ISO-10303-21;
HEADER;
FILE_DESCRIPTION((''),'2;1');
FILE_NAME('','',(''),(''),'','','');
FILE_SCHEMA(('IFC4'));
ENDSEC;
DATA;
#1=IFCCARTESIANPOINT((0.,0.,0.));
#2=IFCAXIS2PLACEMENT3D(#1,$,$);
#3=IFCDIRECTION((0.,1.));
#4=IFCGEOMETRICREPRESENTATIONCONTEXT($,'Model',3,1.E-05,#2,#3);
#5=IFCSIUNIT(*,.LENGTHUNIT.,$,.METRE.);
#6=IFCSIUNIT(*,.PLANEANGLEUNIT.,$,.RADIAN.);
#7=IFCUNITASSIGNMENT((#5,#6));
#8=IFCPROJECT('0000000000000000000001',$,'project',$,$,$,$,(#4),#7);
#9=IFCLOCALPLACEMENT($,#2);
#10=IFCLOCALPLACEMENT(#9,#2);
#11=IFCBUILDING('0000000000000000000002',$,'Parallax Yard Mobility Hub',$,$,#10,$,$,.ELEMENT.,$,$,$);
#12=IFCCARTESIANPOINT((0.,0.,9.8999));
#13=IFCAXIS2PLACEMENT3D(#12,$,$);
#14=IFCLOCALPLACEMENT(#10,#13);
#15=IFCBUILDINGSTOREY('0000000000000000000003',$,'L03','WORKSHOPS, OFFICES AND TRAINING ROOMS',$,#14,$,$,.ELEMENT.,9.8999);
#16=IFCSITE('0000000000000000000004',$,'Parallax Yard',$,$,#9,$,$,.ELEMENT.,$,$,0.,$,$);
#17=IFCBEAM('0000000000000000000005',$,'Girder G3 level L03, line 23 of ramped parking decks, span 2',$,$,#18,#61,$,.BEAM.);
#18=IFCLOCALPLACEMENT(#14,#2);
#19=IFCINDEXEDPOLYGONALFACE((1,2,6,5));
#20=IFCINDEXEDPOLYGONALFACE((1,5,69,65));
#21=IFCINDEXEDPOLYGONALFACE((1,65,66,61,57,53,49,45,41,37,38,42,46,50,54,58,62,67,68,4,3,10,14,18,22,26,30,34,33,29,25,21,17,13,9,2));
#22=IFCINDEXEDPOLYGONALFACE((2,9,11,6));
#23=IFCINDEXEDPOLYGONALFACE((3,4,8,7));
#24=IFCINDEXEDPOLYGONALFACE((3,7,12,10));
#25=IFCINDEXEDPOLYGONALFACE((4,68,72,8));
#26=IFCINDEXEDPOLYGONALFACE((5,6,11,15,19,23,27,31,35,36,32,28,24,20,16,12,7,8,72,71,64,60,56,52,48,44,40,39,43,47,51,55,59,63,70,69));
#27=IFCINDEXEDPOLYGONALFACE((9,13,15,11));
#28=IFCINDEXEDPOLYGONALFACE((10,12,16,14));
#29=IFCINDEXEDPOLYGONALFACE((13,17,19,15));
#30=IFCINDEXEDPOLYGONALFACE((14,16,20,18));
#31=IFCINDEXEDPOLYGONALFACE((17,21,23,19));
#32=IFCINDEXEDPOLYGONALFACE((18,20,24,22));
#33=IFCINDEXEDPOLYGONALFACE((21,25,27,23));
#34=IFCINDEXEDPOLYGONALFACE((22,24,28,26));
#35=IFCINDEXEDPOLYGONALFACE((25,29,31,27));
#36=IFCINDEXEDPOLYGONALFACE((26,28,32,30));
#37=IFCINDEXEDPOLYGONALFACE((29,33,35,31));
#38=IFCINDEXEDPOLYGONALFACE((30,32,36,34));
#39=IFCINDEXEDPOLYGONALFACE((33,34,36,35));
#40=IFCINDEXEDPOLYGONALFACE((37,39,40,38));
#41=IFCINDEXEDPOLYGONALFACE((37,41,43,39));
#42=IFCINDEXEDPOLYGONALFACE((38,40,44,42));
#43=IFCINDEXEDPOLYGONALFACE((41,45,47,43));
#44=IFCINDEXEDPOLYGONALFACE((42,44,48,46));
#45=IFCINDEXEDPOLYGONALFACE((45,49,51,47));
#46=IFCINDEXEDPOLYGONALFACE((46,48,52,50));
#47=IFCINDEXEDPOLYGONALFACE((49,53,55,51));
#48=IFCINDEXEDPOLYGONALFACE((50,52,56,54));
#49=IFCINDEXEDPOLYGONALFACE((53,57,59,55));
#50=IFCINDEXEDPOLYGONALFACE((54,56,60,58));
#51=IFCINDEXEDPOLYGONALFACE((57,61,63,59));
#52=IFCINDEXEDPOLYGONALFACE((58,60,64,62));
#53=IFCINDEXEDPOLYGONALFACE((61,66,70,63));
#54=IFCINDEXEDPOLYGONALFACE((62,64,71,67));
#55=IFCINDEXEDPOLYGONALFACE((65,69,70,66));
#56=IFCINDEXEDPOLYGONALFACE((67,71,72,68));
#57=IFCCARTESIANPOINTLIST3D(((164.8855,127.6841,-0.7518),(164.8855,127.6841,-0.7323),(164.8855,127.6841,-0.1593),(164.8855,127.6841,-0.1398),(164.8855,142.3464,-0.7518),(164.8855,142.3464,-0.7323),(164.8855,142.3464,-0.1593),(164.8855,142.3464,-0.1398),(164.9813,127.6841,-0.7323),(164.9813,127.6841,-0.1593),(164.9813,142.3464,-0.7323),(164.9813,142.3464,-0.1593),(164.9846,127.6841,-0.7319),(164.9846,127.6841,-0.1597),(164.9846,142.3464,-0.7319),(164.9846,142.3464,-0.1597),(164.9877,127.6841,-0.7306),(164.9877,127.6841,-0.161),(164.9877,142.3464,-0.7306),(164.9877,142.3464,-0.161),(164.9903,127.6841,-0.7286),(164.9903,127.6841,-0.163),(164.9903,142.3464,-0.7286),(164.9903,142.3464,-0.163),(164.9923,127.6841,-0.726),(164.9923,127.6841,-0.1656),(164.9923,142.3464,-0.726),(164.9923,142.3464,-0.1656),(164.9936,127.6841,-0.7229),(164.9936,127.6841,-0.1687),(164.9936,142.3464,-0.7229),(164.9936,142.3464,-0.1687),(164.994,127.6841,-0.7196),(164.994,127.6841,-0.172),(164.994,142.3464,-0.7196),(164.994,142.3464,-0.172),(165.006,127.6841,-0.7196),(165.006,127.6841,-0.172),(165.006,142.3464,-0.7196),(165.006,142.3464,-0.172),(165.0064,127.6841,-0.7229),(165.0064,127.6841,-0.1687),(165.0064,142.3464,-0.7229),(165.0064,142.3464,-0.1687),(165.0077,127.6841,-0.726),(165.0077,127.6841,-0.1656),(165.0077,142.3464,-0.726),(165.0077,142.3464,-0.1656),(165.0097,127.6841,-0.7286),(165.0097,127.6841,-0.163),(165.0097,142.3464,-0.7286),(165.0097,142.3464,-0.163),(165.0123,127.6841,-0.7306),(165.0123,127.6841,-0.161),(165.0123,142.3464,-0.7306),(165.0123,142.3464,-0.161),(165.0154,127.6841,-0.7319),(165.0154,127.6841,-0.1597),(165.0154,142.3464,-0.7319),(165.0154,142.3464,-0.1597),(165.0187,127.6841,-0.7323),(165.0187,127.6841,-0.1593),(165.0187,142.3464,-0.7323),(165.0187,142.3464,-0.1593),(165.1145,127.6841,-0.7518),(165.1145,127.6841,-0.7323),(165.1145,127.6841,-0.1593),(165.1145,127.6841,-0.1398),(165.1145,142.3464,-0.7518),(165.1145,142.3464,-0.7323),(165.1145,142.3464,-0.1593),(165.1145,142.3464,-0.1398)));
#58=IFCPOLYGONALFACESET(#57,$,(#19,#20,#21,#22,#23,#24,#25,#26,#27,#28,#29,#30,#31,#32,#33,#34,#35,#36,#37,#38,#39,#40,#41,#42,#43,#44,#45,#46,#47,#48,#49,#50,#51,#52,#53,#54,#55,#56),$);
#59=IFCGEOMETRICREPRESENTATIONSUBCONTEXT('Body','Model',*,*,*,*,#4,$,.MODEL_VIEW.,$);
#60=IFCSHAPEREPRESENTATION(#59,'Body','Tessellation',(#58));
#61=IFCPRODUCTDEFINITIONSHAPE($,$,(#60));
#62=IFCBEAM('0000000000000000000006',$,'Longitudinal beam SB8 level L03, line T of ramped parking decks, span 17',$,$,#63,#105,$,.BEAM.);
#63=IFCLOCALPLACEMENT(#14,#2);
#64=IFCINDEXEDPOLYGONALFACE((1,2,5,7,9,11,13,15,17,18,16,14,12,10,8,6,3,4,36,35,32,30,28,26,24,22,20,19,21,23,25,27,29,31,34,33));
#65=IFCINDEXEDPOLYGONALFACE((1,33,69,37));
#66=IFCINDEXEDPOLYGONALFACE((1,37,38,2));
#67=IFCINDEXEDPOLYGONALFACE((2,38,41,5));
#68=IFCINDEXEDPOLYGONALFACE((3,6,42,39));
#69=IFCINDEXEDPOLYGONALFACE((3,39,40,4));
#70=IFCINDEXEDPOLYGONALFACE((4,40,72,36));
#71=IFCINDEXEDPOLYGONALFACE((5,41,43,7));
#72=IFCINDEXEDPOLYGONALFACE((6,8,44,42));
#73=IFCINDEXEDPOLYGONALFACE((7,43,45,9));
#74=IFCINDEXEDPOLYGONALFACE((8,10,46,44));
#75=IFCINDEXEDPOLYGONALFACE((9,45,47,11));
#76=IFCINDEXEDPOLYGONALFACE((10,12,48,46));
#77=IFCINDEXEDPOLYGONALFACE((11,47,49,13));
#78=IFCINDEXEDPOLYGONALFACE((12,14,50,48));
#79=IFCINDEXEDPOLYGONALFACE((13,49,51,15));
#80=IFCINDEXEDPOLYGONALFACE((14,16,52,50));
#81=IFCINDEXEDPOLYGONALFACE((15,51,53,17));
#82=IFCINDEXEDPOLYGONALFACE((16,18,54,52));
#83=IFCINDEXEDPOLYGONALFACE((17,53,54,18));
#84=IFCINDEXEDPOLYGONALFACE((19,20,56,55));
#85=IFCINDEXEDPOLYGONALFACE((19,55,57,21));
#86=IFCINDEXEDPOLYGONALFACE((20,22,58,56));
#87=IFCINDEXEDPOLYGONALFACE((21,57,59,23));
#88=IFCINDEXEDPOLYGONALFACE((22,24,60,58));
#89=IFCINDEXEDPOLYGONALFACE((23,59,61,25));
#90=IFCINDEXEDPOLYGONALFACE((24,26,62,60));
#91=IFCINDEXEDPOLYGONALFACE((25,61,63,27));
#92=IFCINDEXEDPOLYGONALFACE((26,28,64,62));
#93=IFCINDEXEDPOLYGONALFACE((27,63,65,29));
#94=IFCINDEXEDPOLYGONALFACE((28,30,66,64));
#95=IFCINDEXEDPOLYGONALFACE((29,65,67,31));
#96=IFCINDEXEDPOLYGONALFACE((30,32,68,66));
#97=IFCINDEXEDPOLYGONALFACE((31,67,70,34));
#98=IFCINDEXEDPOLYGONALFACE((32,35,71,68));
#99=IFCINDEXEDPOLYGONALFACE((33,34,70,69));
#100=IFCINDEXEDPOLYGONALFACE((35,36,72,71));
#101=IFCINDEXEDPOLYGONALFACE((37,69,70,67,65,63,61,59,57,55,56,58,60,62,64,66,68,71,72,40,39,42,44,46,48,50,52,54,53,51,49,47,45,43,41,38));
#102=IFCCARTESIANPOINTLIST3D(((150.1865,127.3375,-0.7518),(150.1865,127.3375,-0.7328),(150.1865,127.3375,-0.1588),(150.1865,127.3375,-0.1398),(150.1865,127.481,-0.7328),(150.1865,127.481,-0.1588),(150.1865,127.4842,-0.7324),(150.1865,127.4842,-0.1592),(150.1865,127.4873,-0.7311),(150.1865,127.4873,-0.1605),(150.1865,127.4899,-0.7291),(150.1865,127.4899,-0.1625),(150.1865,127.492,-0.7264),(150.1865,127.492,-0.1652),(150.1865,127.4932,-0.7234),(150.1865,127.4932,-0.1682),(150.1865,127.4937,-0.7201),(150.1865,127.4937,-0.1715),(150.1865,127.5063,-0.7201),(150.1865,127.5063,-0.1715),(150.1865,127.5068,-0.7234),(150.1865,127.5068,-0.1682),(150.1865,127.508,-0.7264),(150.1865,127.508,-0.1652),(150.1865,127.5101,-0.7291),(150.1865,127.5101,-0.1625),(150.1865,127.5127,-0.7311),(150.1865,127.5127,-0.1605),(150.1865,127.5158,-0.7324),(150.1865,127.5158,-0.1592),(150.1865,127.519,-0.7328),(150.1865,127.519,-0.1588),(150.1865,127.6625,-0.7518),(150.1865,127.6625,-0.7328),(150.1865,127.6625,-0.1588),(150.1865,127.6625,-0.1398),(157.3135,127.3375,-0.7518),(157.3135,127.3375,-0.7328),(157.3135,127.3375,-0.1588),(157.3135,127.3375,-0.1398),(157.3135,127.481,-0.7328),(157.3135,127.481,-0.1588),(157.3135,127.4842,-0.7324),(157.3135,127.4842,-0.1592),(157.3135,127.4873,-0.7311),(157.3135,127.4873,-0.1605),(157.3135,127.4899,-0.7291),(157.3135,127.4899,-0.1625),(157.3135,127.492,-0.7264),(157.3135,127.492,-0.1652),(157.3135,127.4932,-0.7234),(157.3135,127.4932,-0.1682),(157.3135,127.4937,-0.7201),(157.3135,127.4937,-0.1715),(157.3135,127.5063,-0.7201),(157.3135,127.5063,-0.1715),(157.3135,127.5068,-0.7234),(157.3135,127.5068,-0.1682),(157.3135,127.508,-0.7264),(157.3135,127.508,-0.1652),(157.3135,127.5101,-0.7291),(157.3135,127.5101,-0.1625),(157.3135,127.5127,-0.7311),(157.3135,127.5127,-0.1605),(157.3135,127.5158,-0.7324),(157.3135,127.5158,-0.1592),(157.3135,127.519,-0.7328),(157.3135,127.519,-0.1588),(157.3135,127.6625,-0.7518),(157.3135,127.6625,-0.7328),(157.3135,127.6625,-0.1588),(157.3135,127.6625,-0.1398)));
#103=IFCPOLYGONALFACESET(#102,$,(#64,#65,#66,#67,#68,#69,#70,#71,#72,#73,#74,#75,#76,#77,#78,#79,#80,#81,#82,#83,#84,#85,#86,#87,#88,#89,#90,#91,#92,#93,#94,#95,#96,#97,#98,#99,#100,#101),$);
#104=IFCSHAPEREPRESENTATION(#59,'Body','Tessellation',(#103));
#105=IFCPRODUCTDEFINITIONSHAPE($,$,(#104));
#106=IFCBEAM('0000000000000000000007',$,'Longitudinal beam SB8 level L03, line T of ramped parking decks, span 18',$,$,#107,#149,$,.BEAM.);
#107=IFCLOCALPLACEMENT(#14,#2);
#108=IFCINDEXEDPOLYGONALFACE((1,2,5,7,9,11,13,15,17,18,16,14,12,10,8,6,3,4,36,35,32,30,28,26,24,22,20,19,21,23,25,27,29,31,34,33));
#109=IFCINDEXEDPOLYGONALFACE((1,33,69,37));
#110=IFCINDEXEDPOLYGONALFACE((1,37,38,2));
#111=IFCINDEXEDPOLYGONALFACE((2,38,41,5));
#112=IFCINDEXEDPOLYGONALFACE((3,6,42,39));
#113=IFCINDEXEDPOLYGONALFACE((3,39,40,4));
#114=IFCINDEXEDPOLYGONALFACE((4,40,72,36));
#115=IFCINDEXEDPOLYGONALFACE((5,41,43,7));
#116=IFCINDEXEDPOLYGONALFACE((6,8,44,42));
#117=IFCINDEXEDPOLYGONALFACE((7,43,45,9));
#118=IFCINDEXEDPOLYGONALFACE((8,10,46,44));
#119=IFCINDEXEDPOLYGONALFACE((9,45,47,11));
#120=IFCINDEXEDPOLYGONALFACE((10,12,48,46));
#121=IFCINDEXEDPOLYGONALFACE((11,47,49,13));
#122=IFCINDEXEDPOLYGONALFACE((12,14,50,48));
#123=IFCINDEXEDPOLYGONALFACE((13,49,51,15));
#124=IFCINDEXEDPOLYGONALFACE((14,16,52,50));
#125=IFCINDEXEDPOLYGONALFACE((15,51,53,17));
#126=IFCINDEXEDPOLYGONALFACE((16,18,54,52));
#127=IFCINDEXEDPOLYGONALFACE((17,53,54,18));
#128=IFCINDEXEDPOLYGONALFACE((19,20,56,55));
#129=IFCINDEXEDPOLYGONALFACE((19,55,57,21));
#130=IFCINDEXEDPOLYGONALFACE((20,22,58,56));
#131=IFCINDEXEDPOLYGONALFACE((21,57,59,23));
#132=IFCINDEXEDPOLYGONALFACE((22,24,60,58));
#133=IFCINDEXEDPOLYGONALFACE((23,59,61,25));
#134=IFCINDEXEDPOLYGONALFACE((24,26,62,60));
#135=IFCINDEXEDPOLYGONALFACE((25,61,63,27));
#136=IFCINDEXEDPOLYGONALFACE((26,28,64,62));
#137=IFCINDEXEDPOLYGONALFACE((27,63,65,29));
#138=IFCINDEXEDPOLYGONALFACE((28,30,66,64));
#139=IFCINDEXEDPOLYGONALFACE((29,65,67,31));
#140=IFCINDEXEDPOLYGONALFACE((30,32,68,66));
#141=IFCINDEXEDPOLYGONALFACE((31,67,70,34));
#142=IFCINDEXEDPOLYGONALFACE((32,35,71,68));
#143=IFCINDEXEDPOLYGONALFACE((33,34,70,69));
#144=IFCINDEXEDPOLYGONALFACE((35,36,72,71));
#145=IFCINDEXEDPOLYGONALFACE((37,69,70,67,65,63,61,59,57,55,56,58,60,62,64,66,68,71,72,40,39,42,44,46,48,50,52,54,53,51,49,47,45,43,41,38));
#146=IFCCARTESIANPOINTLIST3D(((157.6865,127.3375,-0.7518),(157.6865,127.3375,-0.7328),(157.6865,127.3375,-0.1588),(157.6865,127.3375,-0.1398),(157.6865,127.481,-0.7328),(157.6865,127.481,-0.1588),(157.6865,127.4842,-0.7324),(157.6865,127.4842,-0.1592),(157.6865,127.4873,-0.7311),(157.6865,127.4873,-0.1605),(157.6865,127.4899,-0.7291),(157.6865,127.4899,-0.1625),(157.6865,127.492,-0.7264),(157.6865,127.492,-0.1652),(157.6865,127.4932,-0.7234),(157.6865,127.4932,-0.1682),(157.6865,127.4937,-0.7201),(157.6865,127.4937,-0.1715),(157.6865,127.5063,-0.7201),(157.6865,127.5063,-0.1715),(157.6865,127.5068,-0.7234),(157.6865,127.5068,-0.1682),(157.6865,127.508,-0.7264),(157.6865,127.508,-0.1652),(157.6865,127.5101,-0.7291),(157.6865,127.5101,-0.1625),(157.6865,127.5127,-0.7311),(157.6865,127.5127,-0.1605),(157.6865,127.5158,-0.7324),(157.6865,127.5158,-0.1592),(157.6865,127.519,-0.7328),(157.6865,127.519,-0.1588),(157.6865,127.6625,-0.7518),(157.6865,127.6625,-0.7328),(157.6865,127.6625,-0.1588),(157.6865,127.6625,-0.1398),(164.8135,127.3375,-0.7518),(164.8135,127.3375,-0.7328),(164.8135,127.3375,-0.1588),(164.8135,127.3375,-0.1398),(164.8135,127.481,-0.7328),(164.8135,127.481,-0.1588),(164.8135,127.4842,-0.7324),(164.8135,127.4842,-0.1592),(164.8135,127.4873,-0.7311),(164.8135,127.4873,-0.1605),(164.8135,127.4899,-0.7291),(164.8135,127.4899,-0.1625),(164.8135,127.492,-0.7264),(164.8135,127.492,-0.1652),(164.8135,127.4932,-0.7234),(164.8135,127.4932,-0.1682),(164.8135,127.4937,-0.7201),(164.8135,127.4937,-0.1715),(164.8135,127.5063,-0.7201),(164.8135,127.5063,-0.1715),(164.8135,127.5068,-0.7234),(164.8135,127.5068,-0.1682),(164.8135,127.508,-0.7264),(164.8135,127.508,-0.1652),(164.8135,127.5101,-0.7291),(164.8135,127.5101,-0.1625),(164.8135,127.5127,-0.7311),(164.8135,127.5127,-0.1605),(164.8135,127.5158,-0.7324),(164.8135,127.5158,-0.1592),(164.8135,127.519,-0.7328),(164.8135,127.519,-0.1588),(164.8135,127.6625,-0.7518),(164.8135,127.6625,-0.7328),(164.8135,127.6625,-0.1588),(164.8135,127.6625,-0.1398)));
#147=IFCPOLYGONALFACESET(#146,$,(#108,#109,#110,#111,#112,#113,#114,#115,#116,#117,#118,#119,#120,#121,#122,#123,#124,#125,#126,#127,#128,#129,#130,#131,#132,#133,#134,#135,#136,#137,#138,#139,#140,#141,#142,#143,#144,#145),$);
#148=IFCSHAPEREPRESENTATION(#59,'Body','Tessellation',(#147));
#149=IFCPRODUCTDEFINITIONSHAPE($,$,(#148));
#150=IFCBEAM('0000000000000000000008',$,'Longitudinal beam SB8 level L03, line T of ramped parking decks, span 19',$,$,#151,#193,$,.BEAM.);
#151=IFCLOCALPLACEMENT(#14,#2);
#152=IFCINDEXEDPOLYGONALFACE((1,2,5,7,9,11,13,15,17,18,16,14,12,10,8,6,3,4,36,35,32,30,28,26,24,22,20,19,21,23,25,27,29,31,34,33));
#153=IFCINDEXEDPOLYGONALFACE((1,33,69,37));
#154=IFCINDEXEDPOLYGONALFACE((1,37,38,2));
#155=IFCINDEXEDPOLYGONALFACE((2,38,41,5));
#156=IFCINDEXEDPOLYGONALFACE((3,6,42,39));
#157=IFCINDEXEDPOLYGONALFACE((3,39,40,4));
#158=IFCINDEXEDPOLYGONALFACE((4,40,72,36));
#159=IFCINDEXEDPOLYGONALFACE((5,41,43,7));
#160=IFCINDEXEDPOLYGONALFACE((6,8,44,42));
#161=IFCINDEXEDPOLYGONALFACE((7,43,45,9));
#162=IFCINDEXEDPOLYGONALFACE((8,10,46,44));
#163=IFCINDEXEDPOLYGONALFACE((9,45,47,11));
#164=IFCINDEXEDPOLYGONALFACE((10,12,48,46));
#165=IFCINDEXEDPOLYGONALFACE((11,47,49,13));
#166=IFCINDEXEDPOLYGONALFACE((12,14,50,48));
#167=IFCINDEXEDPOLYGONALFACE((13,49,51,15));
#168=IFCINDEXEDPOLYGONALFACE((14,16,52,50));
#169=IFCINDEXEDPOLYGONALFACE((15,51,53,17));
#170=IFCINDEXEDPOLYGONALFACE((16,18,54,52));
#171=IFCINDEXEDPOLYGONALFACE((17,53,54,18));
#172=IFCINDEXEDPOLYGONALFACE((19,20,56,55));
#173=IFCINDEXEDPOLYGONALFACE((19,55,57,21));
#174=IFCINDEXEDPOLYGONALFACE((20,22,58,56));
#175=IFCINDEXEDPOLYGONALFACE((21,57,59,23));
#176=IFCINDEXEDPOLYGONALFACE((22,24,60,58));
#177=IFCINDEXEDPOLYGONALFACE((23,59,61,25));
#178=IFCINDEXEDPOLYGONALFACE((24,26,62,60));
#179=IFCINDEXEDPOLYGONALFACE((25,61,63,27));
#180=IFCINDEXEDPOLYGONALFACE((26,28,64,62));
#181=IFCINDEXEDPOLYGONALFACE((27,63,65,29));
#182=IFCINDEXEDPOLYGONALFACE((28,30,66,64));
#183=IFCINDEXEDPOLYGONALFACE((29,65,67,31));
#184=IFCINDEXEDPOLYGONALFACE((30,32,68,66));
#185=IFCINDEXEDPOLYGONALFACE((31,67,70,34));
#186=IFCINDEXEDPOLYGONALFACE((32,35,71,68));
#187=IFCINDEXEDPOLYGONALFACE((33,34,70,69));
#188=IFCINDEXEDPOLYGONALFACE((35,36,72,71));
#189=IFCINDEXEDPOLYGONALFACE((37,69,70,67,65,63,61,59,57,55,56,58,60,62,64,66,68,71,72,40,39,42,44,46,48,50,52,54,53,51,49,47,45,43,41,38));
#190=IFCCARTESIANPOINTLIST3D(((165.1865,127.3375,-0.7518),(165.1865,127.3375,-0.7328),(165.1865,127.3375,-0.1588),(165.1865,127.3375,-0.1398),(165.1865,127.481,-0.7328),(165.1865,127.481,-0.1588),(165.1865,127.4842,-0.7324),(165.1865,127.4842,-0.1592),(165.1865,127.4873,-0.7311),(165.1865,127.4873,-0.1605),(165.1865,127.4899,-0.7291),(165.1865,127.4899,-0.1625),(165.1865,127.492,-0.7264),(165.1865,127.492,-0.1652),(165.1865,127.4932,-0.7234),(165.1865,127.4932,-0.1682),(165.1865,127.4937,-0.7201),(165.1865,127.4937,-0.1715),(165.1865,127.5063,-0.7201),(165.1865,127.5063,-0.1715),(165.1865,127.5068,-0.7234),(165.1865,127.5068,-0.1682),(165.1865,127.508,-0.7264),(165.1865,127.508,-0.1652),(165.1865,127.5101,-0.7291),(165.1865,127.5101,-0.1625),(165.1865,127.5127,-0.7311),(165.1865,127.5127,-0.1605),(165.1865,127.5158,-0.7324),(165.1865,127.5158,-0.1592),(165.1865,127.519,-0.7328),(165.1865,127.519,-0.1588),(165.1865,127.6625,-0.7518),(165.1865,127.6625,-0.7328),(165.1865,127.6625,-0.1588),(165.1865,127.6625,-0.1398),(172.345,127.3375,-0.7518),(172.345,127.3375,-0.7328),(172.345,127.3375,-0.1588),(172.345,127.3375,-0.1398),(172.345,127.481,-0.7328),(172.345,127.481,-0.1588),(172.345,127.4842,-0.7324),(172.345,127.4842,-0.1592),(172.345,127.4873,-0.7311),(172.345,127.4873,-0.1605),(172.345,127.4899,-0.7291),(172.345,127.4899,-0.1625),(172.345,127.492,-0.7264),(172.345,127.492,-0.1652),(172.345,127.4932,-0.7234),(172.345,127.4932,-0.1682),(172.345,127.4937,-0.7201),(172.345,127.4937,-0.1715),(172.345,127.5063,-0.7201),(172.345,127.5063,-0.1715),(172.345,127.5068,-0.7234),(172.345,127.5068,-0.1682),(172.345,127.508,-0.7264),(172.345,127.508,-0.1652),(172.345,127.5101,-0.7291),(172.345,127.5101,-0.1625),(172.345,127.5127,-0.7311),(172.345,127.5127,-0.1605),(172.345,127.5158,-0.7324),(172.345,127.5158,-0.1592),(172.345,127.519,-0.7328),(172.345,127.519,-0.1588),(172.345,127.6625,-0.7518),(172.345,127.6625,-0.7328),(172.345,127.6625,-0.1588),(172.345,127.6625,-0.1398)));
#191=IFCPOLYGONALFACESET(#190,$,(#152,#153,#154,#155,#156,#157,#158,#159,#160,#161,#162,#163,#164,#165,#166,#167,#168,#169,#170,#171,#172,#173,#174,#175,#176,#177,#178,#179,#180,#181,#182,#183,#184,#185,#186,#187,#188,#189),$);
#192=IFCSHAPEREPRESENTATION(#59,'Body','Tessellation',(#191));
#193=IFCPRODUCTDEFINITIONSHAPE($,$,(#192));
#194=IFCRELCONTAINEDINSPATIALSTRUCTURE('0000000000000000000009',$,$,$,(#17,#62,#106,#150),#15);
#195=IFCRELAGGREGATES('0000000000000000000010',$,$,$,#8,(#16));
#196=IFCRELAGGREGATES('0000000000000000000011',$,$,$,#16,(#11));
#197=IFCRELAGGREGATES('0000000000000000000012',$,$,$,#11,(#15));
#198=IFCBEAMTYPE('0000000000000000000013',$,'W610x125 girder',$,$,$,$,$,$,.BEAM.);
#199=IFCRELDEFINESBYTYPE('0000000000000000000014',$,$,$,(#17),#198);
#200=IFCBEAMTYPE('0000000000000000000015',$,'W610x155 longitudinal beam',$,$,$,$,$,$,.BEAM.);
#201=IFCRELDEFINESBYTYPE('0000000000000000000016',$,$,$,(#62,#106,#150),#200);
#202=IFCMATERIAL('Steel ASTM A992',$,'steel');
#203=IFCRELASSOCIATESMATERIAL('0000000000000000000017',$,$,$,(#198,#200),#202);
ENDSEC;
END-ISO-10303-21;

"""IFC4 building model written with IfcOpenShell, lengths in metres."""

from ifc_helpers import new_model, si_unit, direction, frame, origin, origin_2d, place, context, subcontext, project, spatial, i_section, extrude, material, material_profile, profile_set, type_object, element, save


model = new_model("IFC4")

# Units and contexts
model_context = context("Model", 3, precision=1e-05, world=origin(), true_north=direction((0.0, 1.0)))
body_context = subcontext(model_context, "Body", "Model", "MODEL_VIEW")
ifc_project = project(units=[si_unit("LENGTHUNIT", "METRE"), si_unit("PLANEANGLEUNIT", "RADIAN")], contexts=[model_context])

# Site, building, storey
site_placement = place(None, origin())
site = spatial("IfcSite", under=ifc_project, at=site_placement, Name="Parallax Yard", CompositionType="ELEMENT", RefElevation=0.0)
building_placement = place(site_placement, origin())
building = spatial("IfcBuilding", under=site, at=building_placement, Name="Parallax Yard Mobility Hub", CompositionType="ELEMENT")
storey_placement = place(building_placement, frame((0.0, 0.0, 9.8999)))
storey = spatial("IfcBuildingStorey", under=building, at=storey_placement, Name="L03", Description="WORKSHOPS, OFFICES AND TRAINING ROOMS", CompositionType="ELEMENT", Elevation=9.8999)

# Shared definitions
ifc_material_1 = material(Name="Steel ASTM A992", Category="steel")

# Beams
ifc_material_profile_1 = material_profile(ifc_material_1, i_section(OverallWidth=0.229, OverallDepth=0.6121, WebThickness=0.012, FlangeThickness=0.0195, FilletRadius=0.0127, at=origin_2d()), Name="W610x125")
ifc_profile_set_1 = profile_set([ifc_material_profile_1], Name="Steel ASTM A992")
beam_type_1 = type_object("IfcBeamType", Name="W610x125 girder", PredefinedType="BEAM", material=ifc_profile_set_1)
for number, where, z_axis, x_axis, name in (
    (1, (165.0, 127.6841, -0.4458), (0.0, 1.0, 0.0), (-1.0, 0.0, 0.0), "Girder G3 level L03, line 23 of ramped parking decks, span 2"),
):
    element("IfcBeam", number, at=place(storey_placement, frame(where, z_axis=z_axis, x_axis=x_axis)), inside=storey, type_object=beam_type_1, Name=name, PredefinedType="BEAM", context=body_context, shape_type="SweptSolid", body=[
        extrude(i_section(OverallWidth=0.229, OverallDepth=0.6121, WebThickness=0.012, FlangeThickness=0.0195, FilletRadius=0.0127, at=origin_2d()), origin(), (0.0, 0.0, 1.0), 14.6624),
    ])
ifc_material_profile_2 = material_profile(ifc_material_1, i_section(OverallWidth=0.325, OverallDepth=0.6121, WebThickness=0.0127, FlangeThickness=0.019, FilletRadius=0.0127, at=origin_2d()), Name="W610x155")
ifc_profile_set_2 = profile_set([ifc_material_profile_2], Name="Steel ASTM A992")
beam_type_2 = type_object("IfcBeamType", Name="W610x155 longitudinal beam", PredefinedType="BEAM", material=ifc_profile_set_2)
for number, where, z_axis, x_axis, name in (
    (2, (150.1865, 127.5, -0.4458), (1.0, 0.0, 0.0), (0.0, 1.0, 0.0), "Longitudinal beam SB8 level L03, line T of ramped parking decks, span 17"),
    (3, (157.6865, 127.5, -0.4458), (1.0, 0.0, 0.0), (0.0, 1.0, 0.0), "Longitudinal beam SB8 level L03, line T of ramped parking decks, span 18"),
):
    element("IfcBeam", number, at=place(storey_placement, frame(where, z_axis=z_axis, x_axis=x_axis)), inside=storey, type_object=beam_type_2, Name=name, PredefinedType="BEAM", context=body_context, shape_type="SweptSolid", body=[
        extrude(i_section(OverallWidth=0.325, OverallDepth=0.6121, WebThickness=0.0127, FlangeThickness=0.019, FilletRadius=0.0127, at=origin_2d()), origin(), (0.0, 0.0, 1.0), 7.127),
    ])
beam_placement = place(storey_placement, frame((165.1865, 127.5, -0.4458), z_axis=(1.0, 0.0, 0.0), x_axis=(0.0, 1.0, 0.0)))
element("IfcBeam", 4, at=beam_placement, inside=storey, type_object=beam_type_2, Name="Longitudinal beam SB8 level L03, line T of ramped parking decks, span 19", PredefinedType="BEAM", context=body_context, shape_type="SweptSolid", body=[
    extrude(i_section(OverallWidth=0.325, OverallDepth=0.6121, WebThickness=0.0127, FlangeThickness=0.019, FilletRadius=0.0127, at=origin_2d()), origin(), (0.0, 0.0, 1.0), 7.1584),
])

save(model, "model.ifc")
